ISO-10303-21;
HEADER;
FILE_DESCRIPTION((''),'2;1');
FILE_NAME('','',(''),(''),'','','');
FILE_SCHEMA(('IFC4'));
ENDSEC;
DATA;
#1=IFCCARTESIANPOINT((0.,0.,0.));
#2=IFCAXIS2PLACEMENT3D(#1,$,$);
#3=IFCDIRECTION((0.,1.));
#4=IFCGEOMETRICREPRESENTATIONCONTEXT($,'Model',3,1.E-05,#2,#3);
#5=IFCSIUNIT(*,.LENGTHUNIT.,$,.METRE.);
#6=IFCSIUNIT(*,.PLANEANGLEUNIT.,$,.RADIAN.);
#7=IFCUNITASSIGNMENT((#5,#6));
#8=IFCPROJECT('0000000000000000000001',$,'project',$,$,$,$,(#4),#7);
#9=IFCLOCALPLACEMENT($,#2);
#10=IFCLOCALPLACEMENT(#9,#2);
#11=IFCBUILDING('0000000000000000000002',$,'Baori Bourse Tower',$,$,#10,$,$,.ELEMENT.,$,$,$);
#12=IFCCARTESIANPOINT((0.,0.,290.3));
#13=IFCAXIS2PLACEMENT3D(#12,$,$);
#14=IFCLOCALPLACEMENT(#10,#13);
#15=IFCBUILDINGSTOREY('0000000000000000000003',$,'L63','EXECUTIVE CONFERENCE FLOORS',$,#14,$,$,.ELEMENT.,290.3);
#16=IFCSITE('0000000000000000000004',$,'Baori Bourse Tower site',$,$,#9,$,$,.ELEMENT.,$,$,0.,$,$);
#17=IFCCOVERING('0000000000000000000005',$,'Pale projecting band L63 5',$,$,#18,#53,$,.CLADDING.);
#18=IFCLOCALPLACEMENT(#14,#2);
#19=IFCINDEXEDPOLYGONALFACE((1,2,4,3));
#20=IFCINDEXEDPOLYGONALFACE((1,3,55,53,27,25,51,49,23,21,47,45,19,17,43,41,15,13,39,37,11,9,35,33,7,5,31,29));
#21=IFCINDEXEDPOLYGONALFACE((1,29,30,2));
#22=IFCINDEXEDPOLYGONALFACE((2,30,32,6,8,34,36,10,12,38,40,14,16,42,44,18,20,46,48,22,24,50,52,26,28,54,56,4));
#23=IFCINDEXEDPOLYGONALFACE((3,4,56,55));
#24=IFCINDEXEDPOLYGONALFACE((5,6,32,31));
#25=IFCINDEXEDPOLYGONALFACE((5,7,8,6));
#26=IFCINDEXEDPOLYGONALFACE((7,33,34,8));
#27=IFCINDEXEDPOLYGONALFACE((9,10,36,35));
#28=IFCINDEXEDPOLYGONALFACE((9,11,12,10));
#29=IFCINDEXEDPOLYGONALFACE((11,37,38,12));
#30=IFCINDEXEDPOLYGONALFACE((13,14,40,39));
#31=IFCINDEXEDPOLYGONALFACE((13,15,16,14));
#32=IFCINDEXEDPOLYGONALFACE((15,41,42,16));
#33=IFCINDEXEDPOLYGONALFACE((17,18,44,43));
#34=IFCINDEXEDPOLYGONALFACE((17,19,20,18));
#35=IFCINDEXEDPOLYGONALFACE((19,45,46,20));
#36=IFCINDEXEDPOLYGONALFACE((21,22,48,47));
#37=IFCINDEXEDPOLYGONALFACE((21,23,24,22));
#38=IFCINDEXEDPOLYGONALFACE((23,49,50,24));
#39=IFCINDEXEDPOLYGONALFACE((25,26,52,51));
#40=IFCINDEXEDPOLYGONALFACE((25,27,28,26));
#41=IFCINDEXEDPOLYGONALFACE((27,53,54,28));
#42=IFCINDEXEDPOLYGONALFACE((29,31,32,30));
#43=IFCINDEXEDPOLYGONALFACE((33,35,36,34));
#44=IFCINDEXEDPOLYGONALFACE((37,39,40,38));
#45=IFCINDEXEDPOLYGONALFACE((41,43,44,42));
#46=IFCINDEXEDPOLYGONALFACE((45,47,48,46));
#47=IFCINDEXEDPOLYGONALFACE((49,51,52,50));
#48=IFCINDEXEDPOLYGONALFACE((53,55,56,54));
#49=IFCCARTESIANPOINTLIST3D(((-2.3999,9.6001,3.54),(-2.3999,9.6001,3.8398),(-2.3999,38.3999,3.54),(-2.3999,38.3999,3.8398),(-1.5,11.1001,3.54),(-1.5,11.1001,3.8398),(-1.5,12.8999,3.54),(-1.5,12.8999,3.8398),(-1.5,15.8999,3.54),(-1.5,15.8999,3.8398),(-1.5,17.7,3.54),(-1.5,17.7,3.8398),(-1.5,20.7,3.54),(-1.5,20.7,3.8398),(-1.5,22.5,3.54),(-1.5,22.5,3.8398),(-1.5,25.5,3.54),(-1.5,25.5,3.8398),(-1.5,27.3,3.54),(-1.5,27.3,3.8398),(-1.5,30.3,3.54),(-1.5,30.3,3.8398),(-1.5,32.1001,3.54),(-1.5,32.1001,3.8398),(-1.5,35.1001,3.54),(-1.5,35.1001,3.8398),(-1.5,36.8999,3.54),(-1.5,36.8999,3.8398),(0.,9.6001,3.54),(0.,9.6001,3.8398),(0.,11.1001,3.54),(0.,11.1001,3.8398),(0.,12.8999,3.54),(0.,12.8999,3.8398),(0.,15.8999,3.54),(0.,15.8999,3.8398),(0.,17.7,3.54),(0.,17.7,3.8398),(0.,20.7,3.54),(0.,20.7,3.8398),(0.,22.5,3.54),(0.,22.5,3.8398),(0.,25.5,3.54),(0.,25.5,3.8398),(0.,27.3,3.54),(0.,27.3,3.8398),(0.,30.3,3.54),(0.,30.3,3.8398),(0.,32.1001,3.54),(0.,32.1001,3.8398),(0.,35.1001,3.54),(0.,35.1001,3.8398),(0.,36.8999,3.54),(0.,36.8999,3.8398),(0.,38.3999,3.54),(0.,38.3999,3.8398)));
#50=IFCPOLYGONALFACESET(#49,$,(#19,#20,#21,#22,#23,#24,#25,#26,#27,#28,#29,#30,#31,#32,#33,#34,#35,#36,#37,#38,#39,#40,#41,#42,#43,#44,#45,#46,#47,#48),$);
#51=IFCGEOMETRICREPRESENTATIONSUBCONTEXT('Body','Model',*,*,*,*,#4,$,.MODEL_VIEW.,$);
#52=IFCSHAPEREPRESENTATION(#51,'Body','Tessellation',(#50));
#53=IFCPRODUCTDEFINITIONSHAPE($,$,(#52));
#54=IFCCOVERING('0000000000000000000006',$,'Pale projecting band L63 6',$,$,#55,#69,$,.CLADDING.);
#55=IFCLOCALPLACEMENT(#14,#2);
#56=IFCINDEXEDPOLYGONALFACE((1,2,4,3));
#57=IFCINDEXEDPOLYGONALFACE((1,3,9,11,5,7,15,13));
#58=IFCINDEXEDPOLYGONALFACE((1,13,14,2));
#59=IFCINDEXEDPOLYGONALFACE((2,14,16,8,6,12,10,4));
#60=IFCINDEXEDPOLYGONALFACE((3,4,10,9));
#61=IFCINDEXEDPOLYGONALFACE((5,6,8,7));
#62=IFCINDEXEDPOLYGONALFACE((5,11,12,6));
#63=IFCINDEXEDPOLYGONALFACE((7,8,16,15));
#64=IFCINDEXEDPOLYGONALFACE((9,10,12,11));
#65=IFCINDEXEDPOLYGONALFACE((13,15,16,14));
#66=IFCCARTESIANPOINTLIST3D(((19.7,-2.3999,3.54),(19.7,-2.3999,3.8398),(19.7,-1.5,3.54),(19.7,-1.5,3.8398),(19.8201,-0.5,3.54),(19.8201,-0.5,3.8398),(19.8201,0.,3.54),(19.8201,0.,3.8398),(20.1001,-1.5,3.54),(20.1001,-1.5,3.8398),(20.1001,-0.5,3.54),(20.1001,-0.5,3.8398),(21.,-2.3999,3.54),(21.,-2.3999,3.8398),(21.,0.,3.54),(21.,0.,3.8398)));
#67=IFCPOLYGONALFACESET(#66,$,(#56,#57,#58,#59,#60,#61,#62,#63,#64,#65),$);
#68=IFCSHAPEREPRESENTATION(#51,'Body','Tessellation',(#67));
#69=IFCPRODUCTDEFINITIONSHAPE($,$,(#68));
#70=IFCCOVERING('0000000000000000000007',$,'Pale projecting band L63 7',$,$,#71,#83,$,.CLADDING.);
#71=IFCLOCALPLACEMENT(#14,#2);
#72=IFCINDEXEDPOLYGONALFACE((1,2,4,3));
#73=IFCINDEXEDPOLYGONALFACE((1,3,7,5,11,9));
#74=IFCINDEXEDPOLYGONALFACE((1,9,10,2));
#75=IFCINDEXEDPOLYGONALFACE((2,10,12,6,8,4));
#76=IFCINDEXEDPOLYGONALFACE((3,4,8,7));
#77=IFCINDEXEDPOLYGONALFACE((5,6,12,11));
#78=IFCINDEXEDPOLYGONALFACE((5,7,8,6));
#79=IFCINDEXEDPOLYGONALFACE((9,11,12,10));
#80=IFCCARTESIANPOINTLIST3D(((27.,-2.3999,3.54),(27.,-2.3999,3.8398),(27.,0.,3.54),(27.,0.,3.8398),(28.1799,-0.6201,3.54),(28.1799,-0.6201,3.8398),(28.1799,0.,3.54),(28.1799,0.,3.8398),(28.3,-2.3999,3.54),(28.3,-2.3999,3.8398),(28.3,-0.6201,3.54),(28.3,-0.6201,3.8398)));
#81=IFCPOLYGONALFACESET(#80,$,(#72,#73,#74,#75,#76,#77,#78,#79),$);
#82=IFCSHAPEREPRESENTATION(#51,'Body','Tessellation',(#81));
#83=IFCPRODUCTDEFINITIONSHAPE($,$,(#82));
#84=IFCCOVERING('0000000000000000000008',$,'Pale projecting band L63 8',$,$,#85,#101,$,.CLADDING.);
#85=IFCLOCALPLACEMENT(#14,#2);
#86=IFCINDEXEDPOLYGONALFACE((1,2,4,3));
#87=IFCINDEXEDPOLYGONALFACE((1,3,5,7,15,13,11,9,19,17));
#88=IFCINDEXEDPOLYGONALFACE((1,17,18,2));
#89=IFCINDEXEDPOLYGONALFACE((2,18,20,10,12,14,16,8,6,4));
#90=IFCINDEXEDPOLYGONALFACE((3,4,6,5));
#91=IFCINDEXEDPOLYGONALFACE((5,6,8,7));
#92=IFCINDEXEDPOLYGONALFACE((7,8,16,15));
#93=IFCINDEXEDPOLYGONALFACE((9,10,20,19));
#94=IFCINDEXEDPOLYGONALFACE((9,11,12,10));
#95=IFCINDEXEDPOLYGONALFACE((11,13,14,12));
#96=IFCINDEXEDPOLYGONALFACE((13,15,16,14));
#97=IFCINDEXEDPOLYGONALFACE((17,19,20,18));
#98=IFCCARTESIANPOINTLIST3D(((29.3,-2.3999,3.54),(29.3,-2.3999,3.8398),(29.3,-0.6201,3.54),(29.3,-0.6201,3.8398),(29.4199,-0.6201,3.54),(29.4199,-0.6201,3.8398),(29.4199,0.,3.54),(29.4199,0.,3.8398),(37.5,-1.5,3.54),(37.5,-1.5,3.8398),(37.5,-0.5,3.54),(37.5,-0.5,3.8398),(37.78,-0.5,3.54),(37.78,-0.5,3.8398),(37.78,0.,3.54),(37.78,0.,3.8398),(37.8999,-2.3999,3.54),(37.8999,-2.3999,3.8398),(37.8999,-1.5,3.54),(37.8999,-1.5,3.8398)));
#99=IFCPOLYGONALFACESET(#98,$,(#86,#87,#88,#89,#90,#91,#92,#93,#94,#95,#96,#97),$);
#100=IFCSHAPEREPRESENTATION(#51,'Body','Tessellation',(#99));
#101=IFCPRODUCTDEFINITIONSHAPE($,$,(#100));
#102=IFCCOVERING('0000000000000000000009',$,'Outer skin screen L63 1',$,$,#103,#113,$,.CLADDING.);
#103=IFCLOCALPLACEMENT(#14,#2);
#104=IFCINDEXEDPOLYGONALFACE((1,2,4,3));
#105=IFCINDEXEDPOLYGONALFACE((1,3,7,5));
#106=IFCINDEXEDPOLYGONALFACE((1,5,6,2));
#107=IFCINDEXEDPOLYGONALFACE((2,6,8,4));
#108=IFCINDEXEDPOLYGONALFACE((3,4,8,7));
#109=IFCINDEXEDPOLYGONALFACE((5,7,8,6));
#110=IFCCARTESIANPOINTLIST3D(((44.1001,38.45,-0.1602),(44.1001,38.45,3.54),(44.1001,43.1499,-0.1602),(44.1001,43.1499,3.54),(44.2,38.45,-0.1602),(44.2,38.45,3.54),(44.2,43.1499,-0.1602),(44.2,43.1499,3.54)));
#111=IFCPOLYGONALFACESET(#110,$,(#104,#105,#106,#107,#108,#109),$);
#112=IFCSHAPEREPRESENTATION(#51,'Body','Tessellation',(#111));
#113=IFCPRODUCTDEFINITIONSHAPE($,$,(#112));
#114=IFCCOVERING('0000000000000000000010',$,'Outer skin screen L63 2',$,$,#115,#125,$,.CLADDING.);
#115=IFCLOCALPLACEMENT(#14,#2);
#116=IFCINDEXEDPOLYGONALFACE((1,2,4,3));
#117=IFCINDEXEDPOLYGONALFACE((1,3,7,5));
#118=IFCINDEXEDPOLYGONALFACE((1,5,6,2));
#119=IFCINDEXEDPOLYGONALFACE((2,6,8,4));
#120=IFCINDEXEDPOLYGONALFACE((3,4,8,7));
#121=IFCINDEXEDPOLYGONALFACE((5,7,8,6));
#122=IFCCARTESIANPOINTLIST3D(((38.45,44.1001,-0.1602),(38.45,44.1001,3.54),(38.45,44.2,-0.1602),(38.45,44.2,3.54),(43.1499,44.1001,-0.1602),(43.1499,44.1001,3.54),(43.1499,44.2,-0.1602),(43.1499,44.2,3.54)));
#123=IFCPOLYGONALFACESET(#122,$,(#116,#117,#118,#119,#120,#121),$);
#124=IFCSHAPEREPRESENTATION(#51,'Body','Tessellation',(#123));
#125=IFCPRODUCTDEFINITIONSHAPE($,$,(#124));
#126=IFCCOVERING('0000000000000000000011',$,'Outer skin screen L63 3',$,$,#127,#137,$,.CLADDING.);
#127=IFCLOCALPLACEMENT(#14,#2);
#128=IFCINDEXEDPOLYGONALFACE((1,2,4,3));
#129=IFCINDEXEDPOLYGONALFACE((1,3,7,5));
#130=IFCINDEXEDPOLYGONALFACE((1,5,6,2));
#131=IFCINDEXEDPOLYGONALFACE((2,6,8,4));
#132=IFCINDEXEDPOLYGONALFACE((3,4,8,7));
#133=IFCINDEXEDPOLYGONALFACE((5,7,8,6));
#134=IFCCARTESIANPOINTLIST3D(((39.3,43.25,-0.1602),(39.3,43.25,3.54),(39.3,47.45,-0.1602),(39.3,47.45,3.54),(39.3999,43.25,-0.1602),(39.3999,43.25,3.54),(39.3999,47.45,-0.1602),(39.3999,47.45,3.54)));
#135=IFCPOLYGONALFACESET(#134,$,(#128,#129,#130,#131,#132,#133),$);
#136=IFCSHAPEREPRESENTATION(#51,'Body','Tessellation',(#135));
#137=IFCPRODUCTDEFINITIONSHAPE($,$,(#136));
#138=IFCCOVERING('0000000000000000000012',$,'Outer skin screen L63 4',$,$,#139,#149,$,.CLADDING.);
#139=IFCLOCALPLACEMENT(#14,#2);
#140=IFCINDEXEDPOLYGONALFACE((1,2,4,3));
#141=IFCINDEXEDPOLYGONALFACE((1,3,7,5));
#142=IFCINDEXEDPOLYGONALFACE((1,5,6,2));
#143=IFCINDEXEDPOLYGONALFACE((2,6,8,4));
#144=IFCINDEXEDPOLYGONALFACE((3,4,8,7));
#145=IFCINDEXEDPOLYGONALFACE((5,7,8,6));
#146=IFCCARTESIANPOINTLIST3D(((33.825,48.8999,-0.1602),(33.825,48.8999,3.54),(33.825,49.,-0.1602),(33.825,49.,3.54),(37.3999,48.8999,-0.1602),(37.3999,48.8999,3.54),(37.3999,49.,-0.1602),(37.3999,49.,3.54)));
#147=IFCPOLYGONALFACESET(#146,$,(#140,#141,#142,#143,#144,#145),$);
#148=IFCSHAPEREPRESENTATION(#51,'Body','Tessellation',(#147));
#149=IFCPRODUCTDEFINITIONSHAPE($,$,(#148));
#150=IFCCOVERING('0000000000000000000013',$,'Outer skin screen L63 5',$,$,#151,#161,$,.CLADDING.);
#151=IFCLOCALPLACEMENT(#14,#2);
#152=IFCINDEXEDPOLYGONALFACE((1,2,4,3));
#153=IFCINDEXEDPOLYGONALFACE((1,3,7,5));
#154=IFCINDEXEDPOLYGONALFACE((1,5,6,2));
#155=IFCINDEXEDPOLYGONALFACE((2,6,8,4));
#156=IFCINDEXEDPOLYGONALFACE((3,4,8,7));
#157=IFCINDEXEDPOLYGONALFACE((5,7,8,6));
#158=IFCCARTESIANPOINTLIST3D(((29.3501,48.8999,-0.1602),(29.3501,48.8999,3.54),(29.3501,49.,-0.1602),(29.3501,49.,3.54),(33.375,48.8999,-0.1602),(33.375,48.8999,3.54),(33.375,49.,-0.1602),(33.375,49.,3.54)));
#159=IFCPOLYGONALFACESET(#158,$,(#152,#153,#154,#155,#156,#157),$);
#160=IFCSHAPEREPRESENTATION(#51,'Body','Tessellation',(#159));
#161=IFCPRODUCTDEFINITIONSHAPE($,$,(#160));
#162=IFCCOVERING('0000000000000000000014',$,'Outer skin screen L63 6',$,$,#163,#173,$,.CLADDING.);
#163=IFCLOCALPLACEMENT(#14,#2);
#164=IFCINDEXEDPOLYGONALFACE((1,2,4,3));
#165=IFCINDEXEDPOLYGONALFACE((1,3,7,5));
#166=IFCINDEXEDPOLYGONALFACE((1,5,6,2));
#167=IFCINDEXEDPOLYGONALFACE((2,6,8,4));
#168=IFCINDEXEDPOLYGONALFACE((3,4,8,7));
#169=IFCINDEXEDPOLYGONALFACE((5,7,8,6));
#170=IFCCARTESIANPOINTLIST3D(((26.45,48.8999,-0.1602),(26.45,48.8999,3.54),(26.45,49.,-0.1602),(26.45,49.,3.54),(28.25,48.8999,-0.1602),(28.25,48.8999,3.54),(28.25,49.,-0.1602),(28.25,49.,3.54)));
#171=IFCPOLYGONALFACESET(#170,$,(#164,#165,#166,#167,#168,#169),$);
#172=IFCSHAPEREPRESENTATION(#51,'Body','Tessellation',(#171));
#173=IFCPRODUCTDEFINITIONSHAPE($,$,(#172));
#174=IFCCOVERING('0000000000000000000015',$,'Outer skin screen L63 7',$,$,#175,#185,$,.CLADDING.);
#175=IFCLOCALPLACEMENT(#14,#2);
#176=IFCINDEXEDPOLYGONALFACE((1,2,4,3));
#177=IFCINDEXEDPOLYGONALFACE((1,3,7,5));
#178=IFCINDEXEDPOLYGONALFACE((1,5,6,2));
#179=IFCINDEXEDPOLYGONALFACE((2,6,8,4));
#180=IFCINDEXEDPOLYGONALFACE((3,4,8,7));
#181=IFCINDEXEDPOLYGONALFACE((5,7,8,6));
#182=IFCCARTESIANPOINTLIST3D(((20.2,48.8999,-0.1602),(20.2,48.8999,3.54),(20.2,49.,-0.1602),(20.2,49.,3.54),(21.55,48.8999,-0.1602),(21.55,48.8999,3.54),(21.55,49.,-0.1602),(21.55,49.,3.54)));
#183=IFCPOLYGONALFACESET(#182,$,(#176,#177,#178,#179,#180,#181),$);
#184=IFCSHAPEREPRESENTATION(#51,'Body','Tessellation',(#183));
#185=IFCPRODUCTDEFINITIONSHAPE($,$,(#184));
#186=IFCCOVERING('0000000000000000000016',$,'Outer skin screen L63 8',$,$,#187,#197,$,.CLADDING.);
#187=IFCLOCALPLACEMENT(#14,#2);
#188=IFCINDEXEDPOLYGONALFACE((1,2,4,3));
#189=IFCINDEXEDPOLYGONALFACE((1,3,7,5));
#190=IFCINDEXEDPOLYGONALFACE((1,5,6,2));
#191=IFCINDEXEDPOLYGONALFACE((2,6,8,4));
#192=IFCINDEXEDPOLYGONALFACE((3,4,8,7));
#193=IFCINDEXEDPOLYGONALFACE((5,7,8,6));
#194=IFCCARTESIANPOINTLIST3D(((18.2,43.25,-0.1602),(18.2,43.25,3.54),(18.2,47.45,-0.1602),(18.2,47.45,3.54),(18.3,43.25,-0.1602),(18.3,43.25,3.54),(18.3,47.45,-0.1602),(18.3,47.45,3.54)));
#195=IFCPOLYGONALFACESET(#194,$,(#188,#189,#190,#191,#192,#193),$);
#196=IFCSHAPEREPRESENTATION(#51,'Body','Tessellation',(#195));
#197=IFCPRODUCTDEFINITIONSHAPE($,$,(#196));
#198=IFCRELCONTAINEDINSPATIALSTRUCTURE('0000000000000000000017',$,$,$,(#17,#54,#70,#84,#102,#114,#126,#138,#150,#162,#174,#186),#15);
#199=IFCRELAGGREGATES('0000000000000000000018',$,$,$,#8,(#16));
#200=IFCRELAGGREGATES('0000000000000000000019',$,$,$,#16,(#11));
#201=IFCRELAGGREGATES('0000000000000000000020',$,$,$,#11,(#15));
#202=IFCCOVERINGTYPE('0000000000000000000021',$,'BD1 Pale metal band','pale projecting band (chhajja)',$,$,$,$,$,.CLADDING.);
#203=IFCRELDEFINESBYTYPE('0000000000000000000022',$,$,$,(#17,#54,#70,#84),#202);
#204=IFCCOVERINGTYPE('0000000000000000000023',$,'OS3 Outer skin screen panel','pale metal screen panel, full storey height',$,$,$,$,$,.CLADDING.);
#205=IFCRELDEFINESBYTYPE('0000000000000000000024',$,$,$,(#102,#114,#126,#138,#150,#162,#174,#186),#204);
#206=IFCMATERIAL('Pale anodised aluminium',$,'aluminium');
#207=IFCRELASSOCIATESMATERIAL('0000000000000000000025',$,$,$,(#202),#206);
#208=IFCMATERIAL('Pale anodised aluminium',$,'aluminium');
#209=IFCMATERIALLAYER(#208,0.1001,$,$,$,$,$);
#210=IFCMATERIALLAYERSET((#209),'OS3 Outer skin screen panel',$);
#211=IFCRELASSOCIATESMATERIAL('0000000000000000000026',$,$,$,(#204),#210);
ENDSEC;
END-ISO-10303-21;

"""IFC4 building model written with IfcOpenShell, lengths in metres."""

from ifc_helpers import new_model, si_unit, direction, frame, origin, place, context, subcontext, project, spatial, polyline, outline, extrude, material, layer, layer_set, type_object, element, save


model = new_model("IFC4")

# Units and contexts
model_context = context("Model", 3, precision=1e-05, world=origin(), true_north=direction((0.0, 1.0)))
body_context = subcontext(model_context, "Body", "Model", "MODEL_VIEW")
ifc_project = project(units=[si_unit("LENGTHUNIT", "METRE"), si_unit("PLANEANGLEUNIT", "RADIAN")], contexts=[model_context])

# Site, building, storey
site_placement = place(None, origin())
site = spatial("IfcSite", under=ifc_project, at=site_placement, Name="Baori Bourse Tower site", CompositionType="ELEMENT", RefElevation=0.0)
building_placement = place(site_placement, origin())
building = spatial("IfcBuilding", under=site, at=building_placement, Name="Baori Bourse Tower", CompositionType="ELEMENT")
storey_placement = place(building_placement, frame((0.0, 0.0, 290.3)))
storey = spatial("IfcBuildingStorey", under=building, at=storey_placement, Name="L63", Description="EXECUTIVE CONFERENCE FLOORS", CompositionType="ELEMENT", Elevation=290.3)

# Coverings
ifc_material_1 = material(Name="Pale anodised aluminium", Category="aluminium")
covering_type_1 = type_object("IfcCoveringType", Name="BD1 Pale metal band", Description="pale projecting band (chhajja)", PredefinedType="CLADDING", material=ifc_material_1)
covering_1_placement = place(storey_placement, frame((0.0, 0.0, 3.54)))
element("IfcCovering", 1, at=covering_1_placement, inside=storey, type_object=covering_type_1, Name="Pale projecting band L63 5", PredefinedType="CLADDING", context=body_context, shape_type="SweptSolid", body=[
    extrude(outline(polyline([(0.0, 36.8999), (0.0, 38.3999), (-2.3999, 38.3999), (-2.3999, 9.6001), (0.0, 9.6001), (0.0, 11.1001), (-1.5, 11.1001), (-1.5, 12.8999), (0.0, 12.8999), (0.0, 15.8999), (-1.5, 15.8999), (-1.5, 17.7), (0.0, 17.7), (0.0, 20.7), (-1.5, 20.7), (-1.5, 22.5), (0.0, 22.5), (0.0, 25.5), (-1.5, 25.5), (-1.5, 27.3), (0.0, 27.3), (0.0, 30.3), (-1.5, 30.3), (-1.5, 32.1001), (0.0, 32.1001), (0.0, 35.1001), (-1.5, 35.1001), (-1.5, 36.8999), (0.0, 36.8999)])), origin(), (0.0, 0.0, 1.0), 0.2998),
])
covering_2_placement = place(storey_placement, frame((0.0, 0.0, 3.54)))
element("IfcCovering", 2, at=covering_2_placement, inside=storey, type_object=covering_type_1, Name="Pale projecting band L63 6", PredefinedType="CLADDING", context=body_context, shape_type="SweptSolid", body=[
    extrude(outline(polyline([(21.0, 0.0), (19.8201, 0.0), (19.8201, -0.5), (20.1001, -0.5), (20.1001, -1.5), (19.7, -1.5), (19.7, -2.3999), (21.0, -2.3999), (21.0, 0.0)])), origin(), (0.0, 0.0, 1.0), 0.2998),
])
covering_3_placement = place(storey_placement, frame((0.0, 0.0, 3.54)))
element("IfcCovering", 3, at=covering_3_placement, inside=storey, type_object=covering_type_1, Name="Pale projecting band L63 7", PredefinedType="CLADDING", context=body_context, shape_type="SweptSolid", body=[
    extrude(outline(polyline([(28.1799, 0.0), (27.0, 0.0), (27.0, -2.3999), (28.3, -2.3999), (28.3, -0.6201), (28.1799, -0.6201), (28.1799, 0.0)])), origin(), (0.0, 0.0, 1.0), 0.2998),
])
covering_4_placement = place(storey_placement, frame((0.0, 0.0, 3.54)))
element("IfcCovering", 4, at=covering_4_placement, inside=storey, type_object=covering_type_1, Name="Pale projecting band L63 8", PredefinedType="CLADDING", context=body_context, shape_type="SweptSolid", body=[
    extrude(outline(polyline([(37.78, 0.0), (29.4199, 0.0), (29.4199, -0.6201), (29.3, -0.6201), (29.3, -2.3999), (37.8999, -2.3999), (37.8999, -1.5), (37.5, -1.5), (37.5, -0.5), (37.78, -0.5), (37.78, 0.0)])), origin(), (0.0, 0.0, 1.0), 0.2998),
])
ifc_material_2 = material(Name="Pale anodised aluminium", Category="aluminium")
ifc_layer_1 = layer(ifc_material_2, 0.1001)
ifc_layer_set_1 = layer_set([ifc_layer_1], Name="OS3 Outer skin screen panel")
covering_type_2 = type_object("IfcCoveringType", Name="OS3 Outer skin screen panel", Description="pale metal screen panel, full storey height", PredefinedType="CLADDING", material=ifc_layer_set_1)
covering_5_placement = place(storey_placement, frame((0.0, 0.0, -0.1602)))
element("IfcCovering", 5, at=covering_5_placement, inside=storey, type_object=covering_type_2, Name="Outer skin screen L63 1", PredefinedType="CLADDING", context=body_context, shape_type="SweptSolid", body=[
    extrude(outline(polyline([(44.1001, 43.1499), (44.1001, 38.45), (44.2, 38.45), (44.2, 43.1499), (44.1001, 43.1499)])), origin(), (0.0, 0.0, 1.0), 3.7002),
])
covering_6_placement = place(storey_placement, frame((0.0, 0.0, -0.1602)))
element("IfcCovering", 6, at=covering_6_placement, inside=storey, type_object=covering_type_2, Name="Outer skin screen L63 2", PredefinedType="CLADDING", context=body_context, shape_type="SweptSolid", body=[
    extrude(outline(polyline([(38.45, 44.1001), (43.1499, 44.1001), (43.1499, 44.2), (38.45, 44.2), (38.45, 44.1001)])), origin(), (0.0, 0.0, 1.0), 3.7002),
])
covering_7_placement = place(storey_placement, frame((0.0, 0.0, -0.1602)))
element("IfcCovering", 7, at=covering_7_placement, inside=storey, type_object=covering_type_2, Name="Outer skin screen L63 3", PredefinedType="CLADDING", context=body_context, shape_type="SweptSolid", body=[
    extrude(outline(polyline([(39.3, 47.45), (39.3, 43.25), (39.3999, 43.25), (39.3999, 47.45), (39.3, 47.45)])), origin(), (0.0, 0.0, 1.0), 3.7002),
])
covering_8_placement = place(storey_placement, frame((0.0, 0.0, -0.1602)))
element("IfcCovering", 8, at=covering_8_placement, inside=storey, type_object=covering_type_2, Name="Outer skin screen L63 4", PredefinedType="CLADDING", context=body_context, shape_type="SweptSolid", body=[
    extrude(outline(polyline([(33.825, 48.8999), (37.3999, 48.8999), (37.3999, 49.0), (33.825, 49.0), (33.825, 48.8999)])), origin(), (0.0, 0.0, 1.0), 3.7002),
])
covering_9_placement = place(storey_placement, frame((0.0, 0.0, -0.1602)))
element("IfcCovering", 9, at=covering_9_placement, inside=storey, type_object=covering_type_2, Name="Outer skin screen L63 5", PredefinedType="CLADDING", context=body_context, shape_type="SweptSolid", body=[
    extrude(outline(polyline([(29.3501, 48.8999), (33.375, 48.8999), (33.375, 49.0), (29.3501, 49.0), (29.3501, 48.8999)])), origin(), (0.0, 0.0, 1.0), 3.7002),
])
covering_10_placement = place(storey_placement, frame((0.0, 0.0, -0.1602)))
element("IfcCovering", 10, at=covering_10_placement, inside=storey, type_object=covering_type_2, Name="Outer skin screen L63 6", PredefinedType="CLADDING", context=body_context, shape_type="SweptSolid", body=[
    extrude(outline(polyline([(26.45, 48.8999), (28.25, 48.8999), (28.25, 49.0), (26.45, 49.0), (26.45, 48.8999)])), origin(), (0.0, 0.0, 1.0), 3.7002),
])
covering_11_placement = place(storey_placement, frame((0.0, 0.0, -0.1602)))
element("IfcCovering", 11, at=covering_11_placement, inside=storey, type_object=covering_type_2, Name="Outer skin screen L63 7", PredefinedType="CLADDING", context=body_context, shape_type="SweptSolid", body=[
    extrude(outline(polyline([(20.2, 48.8999), (21.55, 48.8999), (21.55, 49.0), (20.2, 49.0), (20.2, 48.8999)])), origin(), (0.0, 0.0, 1.0), 3.7002),
])
covering_12_placement = place(storey_placement, frame((0.0, 0.0, -0.1602)))
element("IfcCovering", 12, at=covering_12_placement, inside=storey, type_object=covering_type_2, Name="Outer skin screen L63 8", PredefinedType="CLADDING", context=body_context, shape_type="SweptSolid", body=[
    extrude(outline(polyline([(18.3, 43.25), (18.3, 47.45), (18.2, 47.45), (18.2, 43.25), (18.3, 43.25)])), origin(), (0.0, 0.0, 1.0), 3.7002),
])

save(model, "model.ifc")
